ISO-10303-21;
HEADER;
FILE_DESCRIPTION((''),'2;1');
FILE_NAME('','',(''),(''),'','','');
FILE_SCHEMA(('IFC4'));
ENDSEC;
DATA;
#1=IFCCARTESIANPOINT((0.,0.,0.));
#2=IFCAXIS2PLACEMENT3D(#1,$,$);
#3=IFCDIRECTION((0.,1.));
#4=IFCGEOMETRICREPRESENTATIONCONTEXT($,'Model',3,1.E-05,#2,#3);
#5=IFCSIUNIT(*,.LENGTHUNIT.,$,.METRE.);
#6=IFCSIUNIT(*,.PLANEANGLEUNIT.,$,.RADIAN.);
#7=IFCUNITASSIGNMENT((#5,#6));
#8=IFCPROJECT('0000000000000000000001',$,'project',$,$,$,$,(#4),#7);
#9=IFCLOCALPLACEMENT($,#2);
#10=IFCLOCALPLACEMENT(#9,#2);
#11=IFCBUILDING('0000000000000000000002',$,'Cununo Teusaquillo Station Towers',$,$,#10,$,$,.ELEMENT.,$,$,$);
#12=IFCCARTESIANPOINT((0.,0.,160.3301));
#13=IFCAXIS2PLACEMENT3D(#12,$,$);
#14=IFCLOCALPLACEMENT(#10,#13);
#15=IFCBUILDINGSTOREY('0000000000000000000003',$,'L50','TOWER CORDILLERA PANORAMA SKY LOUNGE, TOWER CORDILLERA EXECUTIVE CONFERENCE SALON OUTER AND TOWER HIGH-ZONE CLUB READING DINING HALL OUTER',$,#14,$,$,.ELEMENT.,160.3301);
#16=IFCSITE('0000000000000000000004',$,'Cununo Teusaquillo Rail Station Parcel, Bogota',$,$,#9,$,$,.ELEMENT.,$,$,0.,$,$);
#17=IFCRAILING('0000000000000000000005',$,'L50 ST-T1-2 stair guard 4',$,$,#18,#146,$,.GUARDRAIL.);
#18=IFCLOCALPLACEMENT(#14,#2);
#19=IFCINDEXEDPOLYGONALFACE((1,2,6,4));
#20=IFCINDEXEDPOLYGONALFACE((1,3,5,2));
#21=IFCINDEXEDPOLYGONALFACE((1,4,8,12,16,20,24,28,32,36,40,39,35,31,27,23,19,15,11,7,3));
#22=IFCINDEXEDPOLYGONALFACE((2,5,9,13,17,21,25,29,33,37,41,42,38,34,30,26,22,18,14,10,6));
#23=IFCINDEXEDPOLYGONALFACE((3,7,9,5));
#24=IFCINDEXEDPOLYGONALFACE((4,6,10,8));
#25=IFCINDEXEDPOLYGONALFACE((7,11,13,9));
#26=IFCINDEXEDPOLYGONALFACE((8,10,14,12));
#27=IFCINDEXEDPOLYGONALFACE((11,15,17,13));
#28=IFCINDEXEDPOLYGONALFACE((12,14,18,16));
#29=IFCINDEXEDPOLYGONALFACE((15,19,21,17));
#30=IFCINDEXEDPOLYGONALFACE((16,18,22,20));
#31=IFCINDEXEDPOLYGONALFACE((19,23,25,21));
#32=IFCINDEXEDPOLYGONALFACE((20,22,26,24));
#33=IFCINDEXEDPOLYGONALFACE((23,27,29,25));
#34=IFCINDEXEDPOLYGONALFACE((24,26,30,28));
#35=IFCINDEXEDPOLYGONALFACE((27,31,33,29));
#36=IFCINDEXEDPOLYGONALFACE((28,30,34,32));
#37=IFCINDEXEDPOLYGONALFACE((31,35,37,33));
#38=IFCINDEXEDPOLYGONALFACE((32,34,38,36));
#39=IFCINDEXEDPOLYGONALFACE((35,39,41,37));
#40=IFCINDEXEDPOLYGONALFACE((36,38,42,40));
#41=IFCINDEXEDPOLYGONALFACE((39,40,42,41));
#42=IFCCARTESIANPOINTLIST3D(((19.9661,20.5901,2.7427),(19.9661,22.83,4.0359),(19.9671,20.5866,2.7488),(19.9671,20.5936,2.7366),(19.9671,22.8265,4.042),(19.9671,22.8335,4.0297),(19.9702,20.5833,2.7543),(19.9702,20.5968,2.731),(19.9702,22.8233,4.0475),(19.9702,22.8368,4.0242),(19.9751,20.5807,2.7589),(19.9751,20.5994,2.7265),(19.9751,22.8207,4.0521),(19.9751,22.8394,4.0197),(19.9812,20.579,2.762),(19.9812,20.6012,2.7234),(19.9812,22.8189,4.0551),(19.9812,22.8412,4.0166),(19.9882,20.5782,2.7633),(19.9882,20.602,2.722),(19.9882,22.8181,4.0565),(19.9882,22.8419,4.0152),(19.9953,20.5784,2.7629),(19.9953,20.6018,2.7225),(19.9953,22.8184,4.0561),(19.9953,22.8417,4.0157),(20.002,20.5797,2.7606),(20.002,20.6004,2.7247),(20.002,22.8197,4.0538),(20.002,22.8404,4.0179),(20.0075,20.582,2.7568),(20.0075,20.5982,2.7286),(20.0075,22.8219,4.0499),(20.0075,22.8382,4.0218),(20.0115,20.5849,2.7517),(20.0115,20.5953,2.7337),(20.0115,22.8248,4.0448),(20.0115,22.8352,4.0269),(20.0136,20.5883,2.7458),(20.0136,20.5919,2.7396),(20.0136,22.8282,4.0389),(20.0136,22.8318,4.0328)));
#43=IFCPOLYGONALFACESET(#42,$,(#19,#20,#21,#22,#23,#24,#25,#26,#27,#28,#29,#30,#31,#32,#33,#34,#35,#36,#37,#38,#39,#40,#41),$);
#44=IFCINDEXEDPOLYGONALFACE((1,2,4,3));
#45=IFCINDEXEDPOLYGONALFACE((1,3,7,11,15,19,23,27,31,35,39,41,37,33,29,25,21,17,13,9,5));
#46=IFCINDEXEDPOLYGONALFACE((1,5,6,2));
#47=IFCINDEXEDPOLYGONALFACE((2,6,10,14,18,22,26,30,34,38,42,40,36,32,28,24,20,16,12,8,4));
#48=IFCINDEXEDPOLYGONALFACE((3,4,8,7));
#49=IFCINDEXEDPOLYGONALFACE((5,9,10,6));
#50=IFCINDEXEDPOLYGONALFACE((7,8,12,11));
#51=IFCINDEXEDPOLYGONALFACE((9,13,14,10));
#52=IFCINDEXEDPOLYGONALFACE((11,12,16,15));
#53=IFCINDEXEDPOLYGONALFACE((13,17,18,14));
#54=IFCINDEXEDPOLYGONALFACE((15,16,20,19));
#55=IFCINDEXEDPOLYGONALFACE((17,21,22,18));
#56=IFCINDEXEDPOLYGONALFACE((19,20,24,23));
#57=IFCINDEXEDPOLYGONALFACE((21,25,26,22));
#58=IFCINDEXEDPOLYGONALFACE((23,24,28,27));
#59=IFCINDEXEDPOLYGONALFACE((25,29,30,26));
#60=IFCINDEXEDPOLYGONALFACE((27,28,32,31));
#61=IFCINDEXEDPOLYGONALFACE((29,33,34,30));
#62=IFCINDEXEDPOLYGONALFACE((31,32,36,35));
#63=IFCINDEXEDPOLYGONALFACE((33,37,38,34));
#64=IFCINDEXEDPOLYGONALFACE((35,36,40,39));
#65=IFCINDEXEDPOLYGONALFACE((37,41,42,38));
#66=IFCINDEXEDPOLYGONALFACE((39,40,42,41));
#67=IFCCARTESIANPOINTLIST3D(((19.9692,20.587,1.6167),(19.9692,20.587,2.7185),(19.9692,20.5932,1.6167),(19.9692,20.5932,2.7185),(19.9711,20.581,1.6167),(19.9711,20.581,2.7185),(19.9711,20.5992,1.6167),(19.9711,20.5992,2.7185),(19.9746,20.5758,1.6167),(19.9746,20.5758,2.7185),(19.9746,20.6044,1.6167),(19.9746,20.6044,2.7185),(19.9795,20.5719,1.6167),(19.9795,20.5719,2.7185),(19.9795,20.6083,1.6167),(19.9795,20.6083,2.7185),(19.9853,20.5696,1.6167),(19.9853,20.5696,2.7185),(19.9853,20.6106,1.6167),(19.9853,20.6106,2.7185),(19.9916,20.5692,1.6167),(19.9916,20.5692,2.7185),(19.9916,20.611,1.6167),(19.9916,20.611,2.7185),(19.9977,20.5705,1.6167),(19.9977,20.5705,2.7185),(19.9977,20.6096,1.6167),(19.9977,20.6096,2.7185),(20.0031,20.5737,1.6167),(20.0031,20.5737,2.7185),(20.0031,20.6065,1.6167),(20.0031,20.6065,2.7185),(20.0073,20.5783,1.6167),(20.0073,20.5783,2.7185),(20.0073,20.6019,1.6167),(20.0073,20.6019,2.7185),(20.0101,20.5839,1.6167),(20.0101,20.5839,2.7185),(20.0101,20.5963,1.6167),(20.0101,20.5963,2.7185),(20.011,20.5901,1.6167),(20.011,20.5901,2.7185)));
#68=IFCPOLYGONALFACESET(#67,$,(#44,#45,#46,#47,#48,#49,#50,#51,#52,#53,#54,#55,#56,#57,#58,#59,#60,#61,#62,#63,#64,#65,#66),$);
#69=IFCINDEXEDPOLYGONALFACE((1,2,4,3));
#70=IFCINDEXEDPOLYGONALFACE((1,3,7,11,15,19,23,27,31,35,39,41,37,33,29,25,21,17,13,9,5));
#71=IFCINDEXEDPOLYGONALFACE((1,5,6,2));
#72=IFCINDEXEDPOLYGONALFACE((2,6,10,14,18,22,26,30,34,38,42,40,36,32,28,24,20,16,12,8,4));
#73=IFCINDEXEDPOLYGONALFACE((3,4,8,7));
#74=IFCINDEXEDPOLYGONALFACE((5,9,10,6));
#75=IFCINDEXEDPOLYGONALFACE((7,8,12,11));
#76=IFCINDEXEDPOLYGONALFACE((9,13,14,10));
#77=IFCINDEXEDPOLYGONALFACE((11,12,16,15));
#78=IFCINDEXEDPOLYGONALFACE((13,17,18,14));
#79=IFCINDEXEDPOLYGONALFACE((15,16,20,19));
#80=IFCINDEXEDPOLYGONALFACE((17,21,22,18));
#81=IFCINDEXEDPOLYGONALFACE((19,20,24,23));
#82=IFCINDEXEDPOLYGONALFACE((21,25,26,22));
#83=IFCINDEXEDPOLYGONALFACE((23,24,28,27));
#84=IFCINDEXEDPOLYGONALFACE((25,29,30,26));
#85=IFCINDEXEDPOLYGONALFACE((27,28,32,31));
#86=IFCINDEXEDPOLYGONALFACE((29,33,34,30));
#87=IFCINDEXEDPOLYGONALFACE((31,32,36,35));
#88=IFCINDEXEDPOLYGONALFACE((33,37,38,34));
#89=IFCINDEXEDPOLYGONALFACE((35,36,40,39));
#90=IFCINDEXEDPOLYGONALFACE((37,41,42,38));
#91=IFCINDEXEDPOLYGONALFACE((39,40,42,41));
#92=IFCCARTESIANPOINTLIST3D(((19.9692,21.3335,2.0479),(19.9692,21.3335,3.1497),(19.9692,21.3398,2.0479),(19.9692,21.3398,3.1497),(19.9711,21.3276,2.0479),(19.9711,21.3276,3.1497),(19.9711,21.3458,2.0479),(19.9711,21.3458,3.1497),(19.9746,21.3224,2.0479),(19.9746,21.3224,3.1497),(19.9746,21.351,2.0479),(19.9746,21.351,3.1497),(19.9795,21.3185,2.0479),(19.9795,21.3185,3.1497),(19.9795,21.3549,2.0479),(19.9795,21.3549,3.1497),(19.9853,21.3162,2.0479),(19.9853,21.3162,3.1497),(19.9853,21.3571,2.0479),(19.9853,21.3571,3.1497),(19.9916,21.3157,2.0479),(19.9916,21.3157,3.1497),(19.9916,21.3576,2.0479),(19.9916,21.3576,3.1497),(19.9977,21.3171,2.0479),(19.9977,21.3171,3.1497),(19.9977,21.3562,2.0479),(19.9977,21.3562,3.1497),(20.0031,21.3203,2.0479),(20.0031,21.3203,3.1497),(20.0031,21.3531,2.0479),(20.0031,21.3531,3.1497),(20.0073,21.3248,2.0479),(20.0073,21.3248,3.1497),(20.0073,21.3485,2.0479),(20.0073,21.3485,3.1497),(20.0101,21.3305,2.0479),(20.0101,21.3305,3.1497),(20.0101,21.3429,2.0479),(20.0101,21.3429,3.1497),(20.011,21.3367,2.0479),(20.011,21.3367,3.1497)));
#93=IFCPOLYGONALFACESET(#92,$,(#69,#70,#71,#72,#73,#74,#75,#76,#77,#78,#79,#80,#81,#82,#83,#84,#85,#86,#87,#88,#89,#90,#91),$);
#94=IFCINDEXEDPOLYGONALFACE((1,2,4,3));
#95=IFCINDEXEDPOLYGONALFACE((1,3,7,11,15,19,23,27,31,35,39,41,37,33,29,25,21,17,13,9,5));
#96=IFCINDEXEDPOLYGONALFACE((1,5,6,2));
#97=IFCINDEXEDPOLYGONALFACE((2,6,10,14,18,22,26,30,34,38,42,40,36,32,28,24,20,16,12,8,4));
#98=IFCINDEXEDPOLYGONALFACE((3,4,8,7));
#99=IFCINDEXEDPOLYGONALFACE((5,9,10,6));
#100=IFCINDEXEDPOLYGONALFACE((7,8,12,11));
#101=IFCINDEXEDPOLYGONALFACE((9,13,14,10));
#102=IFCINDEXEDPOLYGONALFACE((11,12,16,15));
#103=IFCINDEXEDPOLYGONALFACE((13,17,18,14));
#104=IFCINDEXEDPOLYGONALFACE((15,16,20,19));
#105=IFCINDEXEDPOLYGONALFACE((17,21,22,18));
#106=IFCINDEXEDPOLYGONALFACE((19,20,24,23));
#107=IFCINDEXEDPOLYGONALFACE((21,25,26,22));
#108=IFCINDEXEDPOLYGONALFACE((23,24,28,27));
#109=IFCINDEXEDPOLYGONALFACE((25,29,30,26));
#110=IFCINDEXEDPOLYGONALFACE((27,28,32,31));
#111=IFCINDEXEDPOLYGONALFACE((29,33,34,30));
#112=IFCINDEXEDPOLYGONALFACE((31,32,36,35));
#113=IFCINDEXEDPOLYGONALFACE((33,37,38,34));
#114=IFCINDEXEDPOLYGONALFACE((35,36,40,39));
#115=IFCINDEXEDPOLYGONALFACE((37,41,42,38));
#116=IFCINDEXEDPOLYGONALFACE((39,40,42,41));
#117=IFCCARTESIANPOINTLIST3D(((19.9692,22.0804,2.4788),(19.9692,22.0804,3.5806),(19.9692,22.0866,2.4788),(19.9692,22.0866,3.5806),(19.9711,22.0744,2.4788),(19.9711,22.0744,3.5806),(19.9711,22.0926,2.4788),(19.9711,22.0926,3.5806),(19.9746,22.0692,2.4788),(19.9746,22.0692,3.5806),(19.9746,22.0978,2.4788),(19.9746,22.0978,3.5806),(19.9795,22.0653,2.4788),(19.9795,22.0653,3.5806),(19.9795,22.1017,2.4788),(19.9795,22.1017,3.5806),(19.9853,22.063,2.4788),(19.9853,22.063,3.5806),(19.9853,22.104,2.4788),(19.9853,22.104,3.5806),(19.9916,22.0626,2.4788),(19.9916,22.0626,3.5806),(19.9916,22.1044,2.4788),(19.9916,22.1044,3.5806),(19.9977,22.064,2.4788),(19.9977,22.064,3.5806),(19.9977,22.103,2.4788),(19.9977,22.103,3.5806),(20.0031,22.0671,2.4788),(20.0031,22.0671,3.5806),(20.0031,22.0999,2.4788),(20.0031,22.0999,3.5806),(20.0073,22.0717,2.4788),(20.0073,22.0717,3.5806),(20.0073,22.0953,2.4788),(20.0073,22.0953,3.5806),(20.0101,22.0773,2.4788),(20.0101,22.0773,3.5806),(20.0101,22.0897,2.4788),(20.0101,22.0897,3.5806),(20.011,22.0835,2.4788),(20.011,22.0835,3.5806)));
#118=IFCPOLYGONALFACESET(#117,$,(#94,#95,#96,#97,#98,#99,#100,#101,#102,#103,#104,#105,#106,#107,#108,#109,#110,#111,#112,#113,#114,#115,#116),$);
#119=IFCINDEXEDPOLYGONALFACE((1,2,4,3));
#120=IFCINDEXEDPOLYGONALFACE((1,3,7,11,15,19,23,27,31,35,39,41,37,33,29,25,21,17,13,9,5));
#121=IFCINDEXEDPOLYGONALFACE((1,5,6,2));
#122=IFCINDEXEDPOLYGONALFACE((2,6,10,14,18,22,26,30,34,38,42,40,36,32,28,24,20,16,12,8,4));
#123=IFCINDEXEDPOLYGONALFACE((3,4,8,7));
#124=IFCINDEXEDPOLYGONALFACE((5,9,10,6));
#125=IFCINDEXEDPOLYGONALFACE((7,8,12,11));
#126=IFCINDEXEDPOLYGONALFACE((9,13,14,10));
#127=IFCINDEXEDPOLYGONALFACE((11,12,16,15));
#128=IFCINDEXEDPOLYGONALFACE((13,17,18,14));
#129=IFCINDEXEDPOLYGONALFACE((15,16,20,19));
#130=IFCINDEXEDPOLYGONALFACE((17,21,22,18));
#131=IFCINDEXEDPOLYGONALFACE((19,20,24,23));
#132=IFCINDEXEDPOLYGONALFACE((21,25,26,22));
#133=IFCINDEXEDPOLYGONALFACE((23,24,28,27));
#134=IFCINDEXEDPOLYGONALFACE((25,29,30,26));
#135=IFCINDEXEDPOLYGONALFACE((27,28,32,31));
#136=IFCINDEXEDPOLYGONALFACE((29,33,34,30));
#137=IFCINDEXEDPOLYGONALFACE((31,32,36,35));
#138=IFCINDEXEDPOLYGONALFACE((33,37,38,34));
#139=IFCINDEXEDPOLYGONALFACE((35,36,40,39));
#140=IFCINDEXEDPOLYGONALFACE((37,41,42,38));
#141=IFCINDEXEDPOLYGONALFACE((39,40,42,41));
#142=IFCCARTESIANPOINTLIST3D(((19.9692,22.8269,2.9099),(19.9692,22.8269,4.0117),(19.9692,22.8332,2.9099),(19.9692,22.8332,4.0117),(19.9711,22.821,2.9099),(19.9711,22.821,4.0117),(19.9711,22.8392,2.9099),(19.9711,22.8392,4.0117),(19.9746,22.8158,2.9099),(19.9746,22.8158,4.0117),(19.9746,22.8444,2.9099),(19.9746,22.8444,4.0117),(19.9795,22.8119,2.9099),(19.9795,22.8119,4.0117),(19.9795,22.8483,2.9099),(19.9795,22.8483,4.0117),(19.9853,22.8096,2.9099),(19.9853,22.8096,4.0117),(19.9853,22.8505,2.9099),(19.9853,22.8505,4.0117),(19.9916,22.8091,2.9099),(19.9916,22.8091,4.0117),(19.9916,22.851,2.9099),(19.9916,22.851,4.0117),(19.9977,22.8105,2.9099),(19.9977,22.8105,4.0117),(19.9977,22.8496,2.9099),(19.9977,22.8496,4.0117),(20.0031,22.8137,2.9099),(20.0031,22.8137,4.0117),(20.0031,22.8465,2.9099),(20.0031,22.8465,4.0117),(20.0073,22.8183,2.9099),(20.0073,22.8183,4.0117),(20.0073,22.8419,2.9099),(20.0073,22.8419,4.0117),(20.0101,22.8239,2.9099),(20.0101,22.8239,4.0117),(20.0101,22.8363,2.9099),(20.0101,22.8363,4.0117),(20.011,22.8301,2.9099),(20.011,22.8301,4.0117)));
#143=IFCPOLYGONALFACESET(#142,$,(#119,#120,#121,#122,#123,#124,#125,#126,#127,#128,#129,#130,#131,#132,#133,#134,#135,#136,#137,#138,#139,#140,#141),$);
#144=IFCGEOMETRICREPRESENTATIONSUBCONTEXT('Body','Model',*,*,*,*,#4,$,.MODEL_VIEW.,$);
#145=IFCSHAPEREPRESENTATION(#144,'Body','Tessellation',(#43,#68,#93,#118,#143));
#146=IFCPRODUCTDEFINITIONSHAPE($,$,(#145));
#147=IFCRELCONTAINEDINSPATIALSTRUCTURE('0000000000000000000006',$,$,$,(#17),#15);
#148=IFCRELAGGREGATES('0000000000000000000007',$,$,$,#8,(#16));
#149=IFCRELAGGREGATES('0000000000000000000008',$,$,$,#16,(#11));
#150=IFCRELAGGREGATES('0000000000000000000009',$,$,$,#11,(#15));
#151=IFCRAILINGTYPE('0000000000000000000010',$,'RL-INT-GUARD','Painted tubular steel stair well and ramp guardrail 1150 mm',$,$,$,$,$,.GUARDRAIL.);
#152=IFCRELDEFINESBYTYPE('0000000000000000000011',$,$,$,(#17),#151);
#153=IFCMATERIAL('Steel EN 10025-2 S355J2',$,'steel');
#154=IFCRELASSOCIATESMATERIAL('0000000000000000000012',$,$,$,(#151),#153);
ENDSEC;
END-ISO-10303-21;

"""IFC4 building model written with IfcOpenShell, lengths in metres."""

from ifc_helpers import new_model, si_unit, direction, frame, origin, origin_2d, place, context, subcontext, project, spatial, circle, extrude, material, type_object, element, save


model = new_model("IFC4")

# Units and contexts
model_context = context("Model", 3, precision=1e-05, world=origin(), true_north=direction((0.0, 1.0)))
body_context = subcontext(model_context, "Body", "Model", "MODEL_VIEW")
ifc_project = project(units=[si_unit("LENGTHUNIT", "METRE"), si_unit("PLANEANGLEUNIT", "RADIAN")], contexts=[model_context])

# Site, building, storey
site_placement = place(None, origin())
site = spatial("IfcSite", under=ifc_project, at=site_placement, Name="Cununo Teusaquillo Rail Station Parcel, Bogota", CompositionType="ELEMENT", RefElevation=0.0)
building_placement = place(site_placement, origin())
building = spatial("IfcBuilding", under=site, at=building_placement, Name="Cununo Teusaquillo Station Towers", CompositionType="ELEMENT")
storey_placement = place(building_placement, frame((0.0, 0.0, 160.3301)))
storey = spatial("IfcBuildingStorey", under=building, at=storey_placement, Name="L50", Description="TOWER CORDILLERA PANORAMA SKY LOUNGE, TOWER CORDILLERA EXECUTIVE CONFERENCE SALON OUTER AND TOWER HIGH-ZONE CLUB READING DINING HALL OUTER", CompositionType="ELEMENT", Elevation=160.3301)

# Railing
ifc_material_1 = material(Name="Steel EN 10025-2 S355J2", Category="steel")
railing_type_1 = type_object("IfcRailingType", Name="RL-INT-GUARD", Description="Painted tubular steel stair well and ramp guardrail 1150 mm", PredefinedType="GUARDRAIL", material=ifc_material_1)
railing_1_placement = place(storey_placement, frame((19.99, 20.5901, 1.6167)))
element("IfcRailing", 1, at=railing_1_placement, inside=storey, type_object=railing_type_1, Name="L50 ST-T1-2 stair guard 4", PredefinedType="GUARDRAIL", context=body_context, shape_type="SweptSolid", body=[
    extrude(circle(Radius=0.0239, at=origin_2d()), frame((0.0, 0.0, 1.126), z_axis=(0.0, 0.866033, 0.499987), x_axis=(-1.0, 0.0, 0.0)), (0.0, 0.0, 1.0), 2.5864),
    extrude(circle(Radius=0.021, at=origin_2d()), origin(), (0.0, 0.0, 1.0), 1.1018),
    extrude(circle(Radius=0.021, at=origin_2d()), frame((0.0, 0.7466, 0.4312)), (0.0, 0.0, 1.0), 1.1018),
    extrude(circle(Radius=0.021, at=origin_2d()), frame((0.0, 1.4934, 0.8621)), (0.0, 0.0, 1.0), 1.1018),
    extrude(circle(Radius=0.021, at=origin_2d()), frame((0.0, 2.24, 1.2932)), (0.0, 0.0, 1.0), 1.1018),
])

save(model, "model.ifc")
